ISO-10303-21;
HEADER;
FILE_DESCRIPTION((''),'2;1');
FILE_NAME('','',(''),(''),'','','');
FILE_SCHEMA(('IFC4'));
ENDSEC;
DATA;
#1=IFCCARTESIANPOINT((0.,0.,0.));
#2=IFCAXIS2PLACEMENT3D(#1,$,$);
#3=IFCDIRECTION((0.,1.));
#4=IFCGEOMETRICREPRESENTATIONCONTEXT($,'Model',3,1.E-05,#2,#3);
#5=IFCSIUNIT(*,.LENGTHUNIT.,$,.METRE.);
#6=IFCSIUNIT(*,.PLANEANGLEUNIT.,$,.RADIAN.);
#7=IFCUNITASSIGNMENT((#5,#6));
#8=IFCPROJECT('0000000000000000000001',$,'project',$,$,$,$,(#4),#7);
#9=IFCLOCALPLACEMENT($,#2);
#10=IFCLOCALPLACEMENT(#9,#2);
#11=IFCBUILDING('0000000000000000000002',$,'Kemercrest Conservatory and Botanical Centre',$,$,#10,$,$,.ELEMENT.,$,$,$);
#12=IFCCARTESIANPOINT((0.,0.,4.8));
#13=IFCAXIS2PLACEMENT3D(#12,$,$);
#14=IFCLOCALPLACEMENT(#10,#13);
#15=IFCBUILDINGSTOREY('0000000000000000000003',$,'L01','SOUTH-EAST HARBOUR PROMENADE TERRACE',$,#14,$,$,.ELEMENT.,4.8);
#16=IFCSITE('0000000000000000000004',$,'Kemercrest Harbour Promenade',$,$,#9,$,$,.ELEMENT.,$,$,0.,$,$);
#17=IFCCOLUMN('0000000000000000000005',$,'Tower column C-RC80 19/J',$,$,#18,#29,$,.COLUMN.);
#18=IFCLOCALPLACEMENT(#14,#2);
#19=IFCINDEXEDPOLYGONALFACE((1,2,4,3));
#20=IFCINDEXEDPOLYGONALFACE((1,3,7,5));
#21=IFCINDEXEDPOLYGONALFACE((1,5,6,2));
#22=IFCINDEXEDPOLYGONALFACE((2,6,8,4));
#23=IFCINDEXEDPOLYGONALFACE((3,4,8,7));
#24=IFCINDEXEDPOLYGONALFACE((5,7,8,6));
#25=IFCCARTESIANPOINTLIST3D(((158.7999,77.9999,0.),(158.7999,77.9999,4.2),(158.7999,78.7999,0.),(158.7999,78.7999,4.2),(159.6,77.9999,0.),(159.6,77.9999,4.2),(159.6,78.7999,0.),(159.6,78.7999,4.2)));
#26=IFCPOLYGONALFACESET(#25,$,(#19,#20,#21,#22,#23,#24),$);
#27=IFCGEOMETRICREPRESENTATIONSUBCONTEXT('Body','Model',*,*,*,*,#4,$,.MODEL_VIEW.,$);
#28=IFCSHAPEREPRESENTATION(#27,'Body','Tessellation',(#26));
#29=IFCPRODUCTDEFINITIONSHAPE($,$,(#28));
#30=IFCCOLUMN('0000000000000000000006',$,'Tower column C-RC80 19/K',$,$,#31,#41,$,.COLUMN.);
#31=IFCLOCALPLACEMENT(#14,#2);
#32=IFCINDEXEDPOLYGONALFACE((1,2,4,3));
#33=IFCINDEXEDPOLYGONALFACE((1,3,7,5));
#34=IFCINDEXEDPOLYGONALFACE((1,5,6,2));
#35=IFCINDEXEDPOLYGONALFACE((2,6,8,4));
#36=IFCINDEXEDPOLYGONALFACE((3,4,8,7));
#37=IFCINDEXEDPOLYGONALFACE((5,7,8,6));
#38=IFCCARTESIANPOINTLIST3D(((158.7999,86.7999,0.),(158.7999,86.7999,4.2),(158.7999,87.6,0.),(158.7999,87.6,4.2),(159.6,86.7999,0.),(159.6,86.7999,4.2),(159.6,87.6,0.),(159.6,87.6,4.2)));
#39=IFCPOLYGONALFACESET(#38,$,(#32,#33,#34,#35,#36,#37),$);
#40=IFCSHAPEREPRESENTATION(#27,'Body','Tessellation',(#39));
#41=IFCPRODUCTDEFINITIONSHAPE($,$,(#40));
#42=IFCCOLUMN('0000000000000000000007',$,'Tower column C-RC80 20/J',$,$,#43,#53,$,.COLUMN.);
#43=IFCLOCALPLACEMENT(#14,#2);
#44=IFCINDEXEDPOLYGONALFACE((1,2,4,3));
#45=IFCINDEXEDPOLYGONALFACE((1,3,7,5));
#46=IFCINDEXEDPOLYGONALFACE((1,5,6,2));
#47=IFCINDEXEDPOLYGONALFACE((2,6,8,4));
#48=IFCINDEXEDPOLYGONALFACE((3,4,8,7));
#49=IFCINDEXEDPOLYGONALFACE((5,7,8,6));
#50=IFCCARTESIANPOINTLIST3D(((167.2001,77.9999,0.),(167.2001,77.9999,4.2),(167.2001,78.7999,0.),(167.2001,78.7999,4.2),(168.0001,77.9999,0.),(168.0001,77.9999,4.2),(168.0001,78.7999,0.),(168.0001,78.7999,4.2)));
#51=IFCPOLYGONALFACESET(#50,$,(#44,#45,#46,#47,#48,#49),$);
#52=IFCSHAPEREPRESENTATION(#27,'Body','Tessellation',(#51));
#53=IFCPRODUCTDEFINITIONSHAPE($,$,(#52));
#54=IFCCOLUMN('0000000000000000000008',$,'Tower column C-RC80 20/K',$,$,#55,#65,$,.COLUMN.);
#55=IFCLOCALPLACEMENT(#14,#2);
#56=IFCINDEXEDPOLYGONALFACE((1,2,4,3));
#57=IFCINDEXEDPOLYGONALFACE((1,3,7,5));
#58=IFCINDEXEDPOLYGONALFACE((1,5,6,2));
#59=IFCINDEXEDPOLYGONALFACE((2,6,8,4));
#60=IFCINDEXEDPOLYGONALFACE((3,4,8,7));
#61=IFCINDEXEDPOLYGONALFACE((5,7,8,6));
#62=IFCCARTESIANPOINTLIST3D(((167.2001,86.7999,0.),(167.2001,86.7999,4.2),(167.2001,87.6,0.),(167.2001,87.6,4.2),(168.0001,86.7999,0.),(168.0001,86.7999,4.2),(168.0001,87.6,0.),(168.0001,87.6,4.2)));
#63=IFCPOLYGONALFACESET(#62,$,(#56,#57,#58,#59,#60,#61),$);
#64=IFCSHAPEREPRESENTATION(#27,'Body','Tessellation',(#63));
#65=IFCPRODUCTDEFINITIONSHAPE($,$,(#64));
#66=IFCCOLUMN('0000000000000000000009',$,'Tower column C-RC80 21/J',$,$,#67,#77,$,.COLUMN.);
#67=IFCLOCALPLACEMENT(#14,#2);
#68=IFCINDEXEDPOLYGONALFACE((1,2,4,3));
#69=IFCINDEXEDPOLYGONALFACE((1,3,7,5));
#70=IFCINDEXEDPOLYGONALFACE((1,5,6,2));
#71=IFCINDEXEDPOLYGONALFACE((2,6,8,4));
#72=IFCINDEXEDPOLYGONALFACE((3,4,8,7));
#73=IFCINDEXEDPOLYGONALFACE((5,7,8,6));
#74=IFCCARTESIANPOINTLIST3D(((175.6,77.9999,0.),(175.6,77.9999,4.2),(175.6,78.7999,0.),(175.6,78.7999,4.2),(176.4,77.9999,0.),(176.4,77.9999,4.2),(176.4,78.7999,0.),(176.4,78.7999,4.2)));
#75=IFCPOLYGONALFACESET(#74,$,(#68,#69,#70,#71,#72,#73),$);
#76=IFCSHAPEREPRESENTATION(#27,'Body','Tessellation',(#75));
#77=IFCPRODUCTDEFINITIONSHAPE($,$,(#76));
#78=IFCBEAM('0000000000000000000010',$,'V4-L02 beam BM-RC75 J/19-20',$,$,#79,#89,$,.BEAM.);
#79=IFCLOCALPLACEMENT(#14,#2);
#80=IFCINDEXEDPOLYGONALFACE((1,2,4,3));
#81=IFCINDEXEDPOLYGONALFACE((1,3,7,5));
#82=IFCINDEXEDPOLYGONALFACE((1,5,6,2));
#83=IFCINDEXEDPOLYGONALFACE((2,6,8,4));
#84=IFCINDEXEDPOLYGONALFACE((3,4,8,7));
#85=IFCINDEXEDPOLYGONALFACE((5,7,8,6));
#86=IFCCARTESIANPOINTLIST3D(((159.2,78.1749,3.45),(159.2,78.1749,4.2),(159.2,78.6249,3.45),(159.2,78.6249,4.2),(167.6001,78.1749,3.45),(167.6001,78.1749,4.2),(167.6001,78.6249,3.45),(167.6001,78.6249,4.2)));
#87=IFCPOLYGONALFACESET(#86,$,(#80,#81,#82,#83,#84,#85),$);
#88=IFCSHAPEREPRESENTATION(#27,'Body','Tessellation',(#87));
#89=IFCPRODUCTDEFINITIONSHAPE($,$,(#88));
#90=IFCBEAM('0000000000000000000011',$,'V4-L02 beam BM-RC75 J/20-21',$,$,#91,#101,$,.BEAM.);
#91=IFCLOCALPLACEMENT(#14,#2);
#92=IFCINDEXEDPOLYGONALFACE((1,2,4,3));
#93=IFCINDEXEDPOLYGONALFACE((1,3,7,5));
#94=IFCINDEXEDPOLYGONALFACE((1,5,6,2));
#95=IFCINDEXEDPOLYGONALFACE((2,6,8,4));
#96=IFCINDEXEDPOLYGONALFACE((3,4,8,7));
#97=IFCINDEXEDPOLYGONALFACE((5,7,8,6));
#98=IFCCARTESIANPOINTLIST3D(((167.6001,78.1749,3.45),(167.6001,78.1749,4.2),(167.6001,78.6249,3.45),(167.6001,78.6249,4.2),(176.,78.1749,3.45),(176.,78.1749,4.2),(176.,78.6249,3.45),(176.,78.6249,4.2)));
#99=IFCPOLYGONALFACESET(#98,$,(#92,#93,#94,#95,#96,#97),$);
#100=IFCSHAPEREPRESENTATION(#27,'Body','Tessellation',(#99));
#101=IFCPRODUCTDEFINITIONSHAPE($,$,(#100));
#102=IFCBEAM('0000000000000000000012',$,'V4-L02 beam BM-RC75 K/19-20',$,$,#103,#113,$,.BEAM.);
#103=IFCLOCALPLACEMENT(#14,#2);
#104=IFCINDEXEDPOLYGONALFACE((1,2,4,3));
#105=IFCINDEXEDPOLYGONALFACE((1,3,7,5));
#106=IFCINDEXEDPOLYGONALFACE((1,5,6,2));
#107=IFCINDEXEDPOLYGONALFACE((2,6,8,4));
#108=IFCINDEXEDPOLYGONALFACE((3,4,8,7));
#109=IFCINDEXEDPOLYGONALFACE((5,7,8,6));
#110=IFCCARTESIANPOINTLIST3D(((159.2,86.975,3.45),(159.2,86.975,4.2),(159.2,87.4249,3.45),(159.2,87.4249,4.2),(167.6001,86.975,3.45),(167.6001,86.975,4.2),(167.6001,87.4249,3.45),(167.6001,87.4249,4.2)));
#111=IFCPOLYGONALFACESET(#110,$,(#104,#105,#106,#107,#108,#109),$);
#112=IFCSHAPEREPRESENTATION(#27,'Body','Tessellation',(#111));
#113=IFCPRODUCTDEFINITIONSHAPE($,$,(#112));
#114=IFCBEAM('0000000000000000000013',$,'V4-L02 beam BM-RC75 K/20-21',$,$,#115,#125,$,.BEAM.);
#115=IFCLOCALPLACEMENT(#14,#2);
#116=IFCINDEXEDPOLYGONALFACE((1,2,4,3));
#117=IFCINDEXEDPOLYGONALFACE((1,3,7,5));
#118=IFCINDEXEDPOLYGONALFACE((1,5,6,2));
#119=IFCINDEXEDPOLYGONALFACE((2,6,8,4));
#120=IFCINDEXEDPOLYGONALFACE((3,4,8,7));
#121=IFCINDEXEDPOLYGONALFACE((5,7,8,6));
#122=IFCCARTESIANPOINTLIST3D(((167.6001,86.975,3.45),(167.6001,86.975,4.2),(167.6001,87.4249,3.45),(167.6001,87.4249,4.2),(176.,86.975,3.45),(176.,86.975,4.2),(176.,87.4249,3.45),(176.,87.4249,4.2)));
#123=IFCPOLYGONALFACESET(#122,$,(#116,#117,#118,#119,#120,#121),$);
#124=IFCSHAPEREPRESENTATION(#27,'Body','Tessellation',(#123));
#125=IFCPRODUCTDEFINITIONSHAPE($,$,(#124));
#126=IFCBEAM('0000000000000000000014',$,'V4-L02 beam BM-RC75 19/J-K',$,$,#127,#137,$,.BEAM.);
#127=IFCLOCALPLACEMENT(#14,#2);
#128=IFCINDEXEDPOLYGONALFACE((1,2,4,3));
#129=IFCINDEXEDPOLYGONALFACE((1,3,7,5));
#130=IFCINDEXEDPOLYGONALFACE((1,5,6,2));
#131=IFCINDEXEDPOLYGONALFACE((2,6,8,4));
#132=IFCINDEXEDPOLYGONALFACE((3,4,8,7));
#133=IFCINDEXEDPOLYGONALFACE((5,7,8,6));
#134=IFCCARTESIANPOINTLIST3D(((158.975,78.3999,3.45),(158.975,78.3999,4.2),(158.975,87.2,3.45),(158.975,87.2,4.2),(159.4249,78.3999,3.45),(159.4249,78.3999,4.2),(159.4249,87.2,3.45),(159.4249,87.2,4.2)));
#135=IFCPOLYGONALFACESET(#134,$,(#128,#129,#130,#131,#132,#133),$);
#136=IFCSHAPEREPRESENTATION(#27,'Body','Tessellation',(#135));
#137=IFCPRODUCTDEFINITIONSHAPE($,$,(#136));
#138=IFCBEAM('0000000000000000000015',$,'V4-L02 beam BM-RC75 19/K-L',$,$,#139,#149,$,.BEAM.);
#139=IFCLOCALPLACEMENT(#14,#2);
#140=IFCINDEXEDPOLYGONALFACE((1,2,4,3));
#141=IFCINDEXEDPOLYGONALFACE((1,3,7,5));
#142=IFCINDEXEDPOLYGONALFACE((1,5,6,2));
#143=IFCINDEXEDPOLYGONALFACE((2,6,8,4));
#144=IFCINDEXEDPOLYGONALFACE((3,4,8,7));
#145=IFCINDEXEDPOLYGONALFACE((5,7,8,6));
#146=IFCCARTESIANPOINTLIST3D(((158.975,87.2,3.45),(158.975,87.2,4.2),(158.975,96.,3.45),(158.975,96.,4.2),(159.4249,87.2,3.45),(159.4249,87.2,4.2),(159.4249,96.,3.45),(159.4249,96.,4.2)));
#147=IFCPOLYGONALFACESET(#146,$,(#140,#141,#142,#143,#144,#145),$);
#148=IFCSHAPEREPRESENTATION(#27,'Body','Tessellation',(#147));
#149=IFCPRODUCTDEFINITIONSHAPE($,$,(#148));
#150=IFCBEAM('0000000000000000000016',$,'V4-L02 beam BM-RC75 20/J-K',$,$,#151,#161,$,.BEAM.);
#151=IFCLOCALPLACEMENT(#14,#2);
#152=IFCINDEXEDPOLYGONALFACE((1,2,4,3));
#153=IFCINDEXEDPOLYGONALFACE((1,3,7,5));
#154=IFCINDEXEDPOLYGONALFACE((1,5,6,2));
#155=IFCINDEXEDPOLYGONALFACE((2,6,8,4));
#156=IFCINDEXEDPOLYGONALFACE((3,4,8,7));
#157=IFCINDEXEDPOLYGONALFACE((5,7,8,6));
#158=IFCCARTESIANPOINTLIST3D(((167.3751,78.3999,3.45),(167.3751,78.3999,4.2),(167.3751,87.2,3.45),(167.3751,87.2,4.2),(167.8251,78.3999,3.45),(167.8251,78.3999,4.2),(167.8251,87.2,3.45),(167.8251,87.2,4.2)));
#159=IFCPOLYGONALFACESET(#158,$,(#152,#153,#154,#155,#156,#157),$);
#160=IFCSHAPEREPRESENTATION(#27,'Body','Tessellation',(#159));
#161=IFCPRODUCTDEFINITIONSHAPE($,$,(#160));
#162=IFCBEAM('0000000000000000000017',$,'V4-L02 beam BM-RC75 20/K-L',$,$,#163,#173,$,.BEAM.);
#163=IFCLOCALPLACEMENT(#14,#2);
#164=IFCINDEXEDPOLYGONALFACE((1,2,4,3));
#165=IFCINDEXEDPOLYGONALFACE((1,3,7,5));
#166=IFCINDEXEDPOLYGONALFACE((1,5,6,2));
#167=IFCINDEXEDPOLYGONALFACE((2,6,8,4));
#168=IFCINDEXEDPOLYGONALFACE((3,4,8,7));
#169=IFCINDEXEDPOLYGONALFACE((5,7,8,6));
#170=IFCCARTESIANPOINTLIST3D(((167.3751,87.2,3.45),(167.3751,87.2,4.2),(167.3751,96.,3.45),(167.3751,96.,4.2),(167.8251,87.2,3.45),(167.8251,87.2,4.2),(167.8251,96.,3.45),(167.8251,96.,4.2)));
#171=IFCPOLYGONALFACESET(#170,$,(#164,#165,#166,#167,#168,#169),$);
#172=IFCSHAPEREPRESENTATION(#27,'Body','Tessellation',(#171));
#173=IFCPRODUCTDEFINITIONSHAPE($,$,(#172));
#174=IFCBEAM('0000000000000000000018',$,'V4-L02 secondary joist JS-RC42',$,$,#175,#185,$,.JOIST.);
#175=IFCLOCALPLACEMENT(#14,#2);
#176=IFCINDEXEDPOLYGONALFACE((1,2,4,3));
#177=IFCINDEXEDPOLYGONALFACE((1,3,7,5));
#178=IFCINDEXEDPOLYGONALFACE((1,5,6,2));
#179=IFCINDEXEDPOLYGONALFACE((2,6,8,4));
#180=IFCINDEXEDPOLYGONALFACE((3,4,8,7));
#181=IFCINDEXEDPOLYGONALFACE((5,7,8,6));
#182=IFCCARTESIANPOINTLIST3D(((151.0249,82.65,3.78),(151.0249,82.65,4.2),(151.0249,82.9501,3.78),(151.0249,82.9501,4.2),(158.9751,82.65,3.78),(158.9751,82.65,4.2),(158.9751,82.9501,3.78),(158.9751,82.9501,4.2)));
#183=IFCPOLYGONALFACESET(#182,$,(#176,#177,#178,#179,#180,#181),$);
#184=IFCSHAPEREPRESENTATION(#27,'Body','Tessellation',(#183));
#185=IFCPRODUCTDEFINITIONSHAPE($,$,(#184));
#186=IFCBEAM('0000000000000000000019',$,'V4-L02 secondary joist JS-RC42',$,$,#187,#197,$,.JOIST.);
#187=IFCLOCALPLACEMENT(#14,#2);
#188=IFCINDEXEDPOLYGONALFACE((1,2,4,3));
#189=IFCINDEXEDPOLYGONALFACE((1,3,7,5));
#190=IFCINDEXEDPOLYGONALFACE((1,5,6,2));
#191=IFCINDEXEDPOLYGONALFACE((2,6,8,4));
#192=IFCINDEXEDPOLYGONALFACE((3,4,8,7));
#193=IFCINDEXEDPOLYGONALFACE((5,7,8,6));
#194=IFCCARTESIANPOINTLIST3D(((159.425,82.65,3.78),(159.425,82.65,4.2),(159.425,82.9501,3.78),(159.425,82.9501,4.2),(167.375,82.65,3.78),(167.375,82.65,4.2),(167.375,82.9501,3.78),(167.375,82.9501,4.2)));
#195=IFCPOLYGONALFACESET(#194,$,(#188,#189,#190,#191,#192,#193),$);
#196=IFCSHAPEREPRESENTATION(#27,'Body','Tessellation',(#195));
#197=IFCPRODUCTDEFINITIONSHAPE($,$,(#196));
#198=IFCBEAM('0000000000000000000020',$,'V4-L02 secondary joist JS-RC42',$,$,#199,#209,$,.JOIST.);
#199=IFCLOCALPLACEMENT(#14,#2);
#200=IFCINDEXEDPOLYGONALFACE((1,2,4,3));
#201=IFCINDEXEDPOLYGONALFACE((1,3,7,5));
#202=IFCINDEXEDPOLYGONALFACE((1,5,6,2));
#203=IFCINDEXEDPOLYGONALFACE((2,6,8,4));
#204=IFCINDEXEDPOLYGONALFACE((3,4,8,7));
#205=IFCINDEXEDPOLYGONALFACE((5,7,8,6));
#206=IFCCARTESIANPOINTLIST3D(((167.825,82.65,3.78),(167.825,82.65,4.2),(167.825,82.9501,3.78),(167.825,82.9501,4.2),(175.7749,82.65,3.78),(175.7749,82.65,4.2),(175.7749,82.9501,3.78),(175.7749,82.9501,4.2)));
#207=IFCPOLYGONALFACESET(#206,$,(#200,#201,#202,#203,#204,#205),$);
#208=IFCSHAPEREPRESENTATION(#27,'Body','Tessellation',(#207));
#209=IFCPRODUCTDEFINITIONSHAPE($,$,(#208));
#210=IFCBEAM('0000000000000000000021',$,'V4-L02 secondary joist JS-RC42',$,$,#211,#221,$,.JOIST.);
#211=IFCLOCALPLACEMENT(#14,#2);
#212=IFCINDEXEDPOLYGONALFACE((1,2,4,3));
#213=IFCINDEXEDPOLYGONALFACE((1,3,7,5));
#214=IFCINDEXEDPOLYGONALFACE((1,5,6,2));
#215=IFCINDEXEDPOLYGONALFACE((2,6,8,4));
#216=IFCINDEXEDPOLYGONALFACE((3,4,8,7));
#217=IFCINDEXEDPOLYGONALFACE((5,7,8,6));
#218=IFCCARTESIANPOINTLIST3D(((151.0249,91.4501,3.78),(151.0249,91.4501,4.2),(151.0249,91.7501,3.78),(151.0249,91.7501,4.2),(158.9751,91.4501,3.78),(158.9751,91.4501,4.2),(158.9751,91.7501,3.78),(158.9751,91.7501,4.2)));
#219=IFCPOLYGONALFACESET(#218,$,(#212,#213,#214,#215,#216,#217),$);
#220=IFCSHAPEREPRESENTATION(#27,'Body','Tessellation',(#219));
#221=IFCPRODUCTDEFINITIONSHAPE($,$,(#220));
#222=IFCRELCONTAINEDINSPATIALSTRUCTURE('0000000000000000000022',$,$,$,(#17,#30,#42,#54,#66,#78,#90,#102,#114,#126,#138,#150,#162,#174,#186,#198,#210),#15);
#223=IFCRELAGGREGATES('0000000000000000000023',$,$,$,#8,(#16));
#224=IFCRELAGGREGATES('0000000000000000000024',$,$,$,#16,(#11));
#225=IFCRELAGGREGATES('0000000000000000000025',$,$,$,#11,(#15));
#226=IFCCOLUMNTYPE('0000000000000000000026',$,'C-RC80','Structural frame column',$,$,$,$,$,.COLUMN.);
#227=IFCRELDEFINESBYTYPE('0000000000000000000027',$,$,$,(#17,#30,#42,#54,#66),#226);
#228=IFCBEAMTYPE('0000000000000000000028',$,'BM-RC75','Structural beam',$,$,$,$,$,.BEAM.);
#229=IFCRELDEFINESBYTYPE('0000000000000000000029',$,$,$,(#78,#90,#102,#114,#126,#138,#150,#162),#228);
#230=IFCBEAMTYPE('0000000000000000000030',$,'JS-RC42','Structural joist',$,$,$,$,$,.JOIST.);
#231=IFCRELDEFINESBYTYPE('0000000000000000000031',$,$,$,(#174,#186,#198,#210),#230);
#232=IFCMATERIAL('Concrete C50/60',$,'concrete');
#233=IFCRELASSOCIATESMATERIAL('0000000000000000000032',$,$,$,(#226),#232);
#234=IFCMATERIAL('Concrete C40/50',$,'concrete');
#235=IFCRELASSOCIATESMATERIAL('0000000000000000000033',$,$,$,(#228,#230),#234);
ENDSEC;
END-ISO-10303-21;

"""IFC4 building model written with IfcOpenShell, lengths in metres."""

from ifc_helpers import new_model, si_unit, direction, frame, origin, origin_2d, place, context, subcontext, project, spatial, rectangle, extrude, material, material_profile, profile_set, type_object, element, save


model = new_model("IFC4")

# Units and contexts
model_context = context("Model", 3, precision=1e-05, world=origin(), true_north=direction((0.0, 1.0)))
body_context = subcontext(model_context, "Body", "Model", "MODEL_VIEW")
ifc_project = project(units=[si_unit("LENGTHUNIT", "METRE"), si_unit("PLANEANGLEUNIT", "RADIAN")], contexts=[model_context])

# Site, building, storey
site_placement = place(None, origin())
site = spatial("IfcSite", under=ifc_project, at=site_placement, Name="Kemercrest Harbour Promenade", CompositionType="ELEMENT", RefElevation=0.0)
building_placement = place(site_placement, origin())
building = spatial("IfcBuilding", under=site, at=building_placement, Name="Kemercrest Conservatory and Botanical Centre", CompositionType="ELEMENT")
storey_placement = place(building_placement, frame((0.0, 0.0, 4.8)))
storey = spatial("IfcBuildingStorey", under=building, at=storey_placement, Name="L01", Description="SOUTH-EAST HARBOUR PROMENADE TERRACE", CompositionType="ELEMENT", Elevation=4.8)

# Columns
ifc_material_1 = material(Name="Concrete C50/60", Category="concrete")
ifc_material_profile_1 = material_profile(ifc_material_1, rectangle(XDim=0.8, YDim=0.8, at=origin_2d()), Name="RC 800x800")
ifc_profile_set_1 = profile_set([ifc_material_profile_1], Name="Concrete C50/60")
column_type = type_object("IfcColumnType", Name="C-RC80", Description="Structural frame column", PredefinedType="COLUMN", material=ifc_profile_set_1)
for number, where, z_axis, x_axis, name in (
    (1, (159.2, 78.3999, 0.0), (0.0, 0.0, 1.0), (1.0, 0.0, 0.0), "Tower column C-RC80 19/J"),
    (2, (159.2, 87.2, 0.0), (0.0, 0.0, 1.0), (1.0, 0.0, 0.0), "Tower column C-RC80 19/K"),
    (3, (167.6001, 78.3999, 0.0), (0.0, 0.0, 1.0), (1.0, 0.0, 0.0), "Tower column C-RC80 20/J"),
    (4, (167.6001, 87.2, 0.0), (0.0, 0.0, 1.0), (1.0, 0.0, 0.0), "Tower column C-RC80 20/K"),
    (5, (176.0, 78.3999, 0.0), (0.0, 0.0, 1.0), (1.0, 0.0, 0.0), "Tower column C-RC80 21/J"),
):
    element("IfcColumn", number, at=place(storey_placement, frame(where, z_axis=z_axis, x_axis=x_axis)), inside=storey, type_object=column_type, Name=name, PredefinedType="COLUMN", context=body_context, shape_type="SweptSolid", body=[
        extrude(rectangle(XDim=0.8, YDim=0.8, at=origin_2d()), origin(), (0.0, 0.0, 1.0), 4.2),
    ])

# Beams
ifc_material_2 = material(Name="Concrete C40/50", Category="concrete")
ifc_material_profile_2 = material_profile(ifc_material_2, rectangle(XDim=0.45, YDim=0.75, at=origin_2d()), Name="RC 450x750")
ifc_profile_set_2 = profile_set([ifc_material_profile_2], Name="Concrete C40/50")
beam_type_1 = type_object("IfcBeamType", Name="BM-RC75", Description="Structural beam", PredefinedType="BEAM", material=ifc_profile_set_2)
beam_1_placement = place(storey_placement, frame((159.2, 78.3999, 3.825), z_axis=(1.0, 0.0, 0.0), x_axis=(0.0, 1.0, 0.0)))
element("IfcBeam", 6, at=beam_1_placement, inside=storey, type_object=beam_type_1, Name="V4-L02 beam BM-RC75 J/19-20", PredefinedType="BEAM", context=body_context, shape_type="SweptSolid", body=[
    extrude(rectangle(XDim=0.45, YDim=0.75, at=origin_2d()), origin(), (0.0, 0.0, 1.0), 8.4001),
])
beam_2_placement = place(storey_placement, frame((167.6001, 78.3999, 3.825), z_axis=(1.0, 0.0, 0.0), x_axis=(0.0, 1.0, 0.0)))
element("IfcBeam", 7, at=beam_2_placement, inside=storey, type_object=beam_type_1, Name="V4-L02 beam BM-RC75 J/20-21", PredefinedType="BEAM", context=body_context, shape_type="SweptSolid", body=[
    extrude(rectangle(XDim=0.45, YDim=0.75, at=origin_2d()), origin(), (0.0, 0.0, 1.0), 8.3999),
])
beam_3_placement = place(storey_placement, frame((159.2, 87.2, 3.825), z_axis=(1.0, 0.0, 0.0), x_axis=(0.0, 1.0, 0.0)))
element("IfcBeam", 8, at=beam_3_placement, inside=storey, type_object=beam_type_1, Name="V4-L02 beam BM-RC75 K/19-20", PredefinedType="BEAM", context=body_context, shape_type="SweptSolid", body=[
    extrude(rectangle(XDim=0.45, YDim=0.75, at=origin_2d()), origin(), (0.0, 0.0, 1.0), 8.4001),
])
beam_4_placement = place(storey_placement, frame((167.6001, 87.2, 3.825), z_axis=(1.0, 0.0, 0.0), x_axis=(0.0, 1.0, 0.0)))
element("IfcBeam", 9, at=beam_4_placement, inside=storey, type_object=beam_type_1, Name="V4-L02 beam BM-RC75 K/20-21", PredefinedType="BEAM", context=body_context, shape_type="SweptSolid", body=[
    extrude(rectangle(XDim=0.45, YDim=0.75, at=origin_2d()), origin(), (0.0, 0.0, 1.0), 8.3999),
])
for number, where, z_axis, x_axis, name in (
    (10, (159.2, 78.3999, 3.825), (0.0, 1.0, 0.0), (-1.0, 0.0, 0.0), "V4-L02 beam BM-RC75 19/J-K"),
    (11, (159.2, 87.2, 3.825), (0.0, 1.0, 0.0), (-1.0, 0.0, 0.0), "V4-L02 beam BM-RC75 19/K-L"),
    (12, (167.6001, 78.3999, 3.825), (0.0, 1.0, 0.0), (-1.0, 0.0, 0.0), "V4-L02 beam BM-RC75 20/J-K"),
    (13, (167.6001, 87.2, 3.825), (0.0, 1.0, 0.0), (-1.0, 0.0, 0.0), "V4-L02 beam BM-RC75 20/K-L"),
):
    element("IfcBeam", number, at=place(storey_placement, frame(where, z_axis=z_axis, x_axis=x_axis)), inside=storey, type_object=beam_type_1, Name=name, PredefinedType="BEAM", context=body_context, shape_type="SweptSolid", body=[
        extrude(rectangle(XDim=0.45, YDim=0.75, at=origin_2d()), origin(), (0.0, 0.0, 1.0), 8.8),
    ])
ifc_material_profile_3 = material_profile(ifc_material_2, rectangle(XDim=0.3, YDim=0.4199, at=origin_2d()), Name="RC 300x420")
ifc_profile_set_3 = profile_set([ifc_material_profile_3], Name="Concrete C40/50")
beam_type_2 = type_object("IfcBeamType", Name="JS-RC42", Description="Structural joist", PredefinedType="JOIST", material=ifc_profile_set_3)
beam_5_placement = place(storey_placement, frame((151.0249, 82.8, 3.99), z_axis=(1.0, 0.0, 0.0), x_axis=(0.0, 1.0, 0.0)))
element("IfcBeam", 14, at=beam_5_placement, inside=storey, type_object=beam_type_2, Name="V4-L02 secondary joist JS-RC42", PredefinedType="JOIST", context=body_context, shape_type="SweptSolid", body=[
    extrude(rectangle(XDim=0.3, YDim=0.4199, at=origin_2d()), origin(), (0.0, 0.0, 1.0), 7.9502),
])
for number, where, z_axis, x_axis, name in (
    (15, (159.425, 82.8, 3.99), (1.0, 0.0, 0.0), (0.0, 1.0, 0.0), "V4-L02 secondary joist JS-RC42"),
    (16, (167.825, 82.8, 3.99), (1.0, 0.0, 0.0), (0.0, 1.0, 0.0), "V4-L02 secondary joist JS-RC42"),
):
    element("IfcBeam", number, at=place(storey_placement, frame(where, z_axis=z_axis, x_axis=x_axis)), inside=storey, type_object=beam_type_2, Name=name, PredefinedType="JOIST", context=body_context, shape_type="SweptSolid", body=[
        extrude(rectangle(XDim=0.3, YDim=0.4199, at=origin_2d()), origin(), (0.0, 0.0, 1.0), 7.95),
    ])
beam_6_placement = place(storey_placement, frame((151.0249, 91.6001, 3.99), z_axis=(1.0, 0.0, 0.0), x_axis=(0.0, 1.0, 0.0)))
element("IfcBeam", 17, at=beam_6_placement, inside=storey, type_object=beam_type_2, Name="V4-L02 secondary joist JS-RC42", PredefinedType="JOIST", context=body_context, shape_type="SweptSolid", body=[
    extrude(rectangle(XDim=0.3, YDim=0.4199, at=origin_2d()), origin(), (0.0, 0.0, 1.0), 7.9502),
])

save(model, "model.ifc")
